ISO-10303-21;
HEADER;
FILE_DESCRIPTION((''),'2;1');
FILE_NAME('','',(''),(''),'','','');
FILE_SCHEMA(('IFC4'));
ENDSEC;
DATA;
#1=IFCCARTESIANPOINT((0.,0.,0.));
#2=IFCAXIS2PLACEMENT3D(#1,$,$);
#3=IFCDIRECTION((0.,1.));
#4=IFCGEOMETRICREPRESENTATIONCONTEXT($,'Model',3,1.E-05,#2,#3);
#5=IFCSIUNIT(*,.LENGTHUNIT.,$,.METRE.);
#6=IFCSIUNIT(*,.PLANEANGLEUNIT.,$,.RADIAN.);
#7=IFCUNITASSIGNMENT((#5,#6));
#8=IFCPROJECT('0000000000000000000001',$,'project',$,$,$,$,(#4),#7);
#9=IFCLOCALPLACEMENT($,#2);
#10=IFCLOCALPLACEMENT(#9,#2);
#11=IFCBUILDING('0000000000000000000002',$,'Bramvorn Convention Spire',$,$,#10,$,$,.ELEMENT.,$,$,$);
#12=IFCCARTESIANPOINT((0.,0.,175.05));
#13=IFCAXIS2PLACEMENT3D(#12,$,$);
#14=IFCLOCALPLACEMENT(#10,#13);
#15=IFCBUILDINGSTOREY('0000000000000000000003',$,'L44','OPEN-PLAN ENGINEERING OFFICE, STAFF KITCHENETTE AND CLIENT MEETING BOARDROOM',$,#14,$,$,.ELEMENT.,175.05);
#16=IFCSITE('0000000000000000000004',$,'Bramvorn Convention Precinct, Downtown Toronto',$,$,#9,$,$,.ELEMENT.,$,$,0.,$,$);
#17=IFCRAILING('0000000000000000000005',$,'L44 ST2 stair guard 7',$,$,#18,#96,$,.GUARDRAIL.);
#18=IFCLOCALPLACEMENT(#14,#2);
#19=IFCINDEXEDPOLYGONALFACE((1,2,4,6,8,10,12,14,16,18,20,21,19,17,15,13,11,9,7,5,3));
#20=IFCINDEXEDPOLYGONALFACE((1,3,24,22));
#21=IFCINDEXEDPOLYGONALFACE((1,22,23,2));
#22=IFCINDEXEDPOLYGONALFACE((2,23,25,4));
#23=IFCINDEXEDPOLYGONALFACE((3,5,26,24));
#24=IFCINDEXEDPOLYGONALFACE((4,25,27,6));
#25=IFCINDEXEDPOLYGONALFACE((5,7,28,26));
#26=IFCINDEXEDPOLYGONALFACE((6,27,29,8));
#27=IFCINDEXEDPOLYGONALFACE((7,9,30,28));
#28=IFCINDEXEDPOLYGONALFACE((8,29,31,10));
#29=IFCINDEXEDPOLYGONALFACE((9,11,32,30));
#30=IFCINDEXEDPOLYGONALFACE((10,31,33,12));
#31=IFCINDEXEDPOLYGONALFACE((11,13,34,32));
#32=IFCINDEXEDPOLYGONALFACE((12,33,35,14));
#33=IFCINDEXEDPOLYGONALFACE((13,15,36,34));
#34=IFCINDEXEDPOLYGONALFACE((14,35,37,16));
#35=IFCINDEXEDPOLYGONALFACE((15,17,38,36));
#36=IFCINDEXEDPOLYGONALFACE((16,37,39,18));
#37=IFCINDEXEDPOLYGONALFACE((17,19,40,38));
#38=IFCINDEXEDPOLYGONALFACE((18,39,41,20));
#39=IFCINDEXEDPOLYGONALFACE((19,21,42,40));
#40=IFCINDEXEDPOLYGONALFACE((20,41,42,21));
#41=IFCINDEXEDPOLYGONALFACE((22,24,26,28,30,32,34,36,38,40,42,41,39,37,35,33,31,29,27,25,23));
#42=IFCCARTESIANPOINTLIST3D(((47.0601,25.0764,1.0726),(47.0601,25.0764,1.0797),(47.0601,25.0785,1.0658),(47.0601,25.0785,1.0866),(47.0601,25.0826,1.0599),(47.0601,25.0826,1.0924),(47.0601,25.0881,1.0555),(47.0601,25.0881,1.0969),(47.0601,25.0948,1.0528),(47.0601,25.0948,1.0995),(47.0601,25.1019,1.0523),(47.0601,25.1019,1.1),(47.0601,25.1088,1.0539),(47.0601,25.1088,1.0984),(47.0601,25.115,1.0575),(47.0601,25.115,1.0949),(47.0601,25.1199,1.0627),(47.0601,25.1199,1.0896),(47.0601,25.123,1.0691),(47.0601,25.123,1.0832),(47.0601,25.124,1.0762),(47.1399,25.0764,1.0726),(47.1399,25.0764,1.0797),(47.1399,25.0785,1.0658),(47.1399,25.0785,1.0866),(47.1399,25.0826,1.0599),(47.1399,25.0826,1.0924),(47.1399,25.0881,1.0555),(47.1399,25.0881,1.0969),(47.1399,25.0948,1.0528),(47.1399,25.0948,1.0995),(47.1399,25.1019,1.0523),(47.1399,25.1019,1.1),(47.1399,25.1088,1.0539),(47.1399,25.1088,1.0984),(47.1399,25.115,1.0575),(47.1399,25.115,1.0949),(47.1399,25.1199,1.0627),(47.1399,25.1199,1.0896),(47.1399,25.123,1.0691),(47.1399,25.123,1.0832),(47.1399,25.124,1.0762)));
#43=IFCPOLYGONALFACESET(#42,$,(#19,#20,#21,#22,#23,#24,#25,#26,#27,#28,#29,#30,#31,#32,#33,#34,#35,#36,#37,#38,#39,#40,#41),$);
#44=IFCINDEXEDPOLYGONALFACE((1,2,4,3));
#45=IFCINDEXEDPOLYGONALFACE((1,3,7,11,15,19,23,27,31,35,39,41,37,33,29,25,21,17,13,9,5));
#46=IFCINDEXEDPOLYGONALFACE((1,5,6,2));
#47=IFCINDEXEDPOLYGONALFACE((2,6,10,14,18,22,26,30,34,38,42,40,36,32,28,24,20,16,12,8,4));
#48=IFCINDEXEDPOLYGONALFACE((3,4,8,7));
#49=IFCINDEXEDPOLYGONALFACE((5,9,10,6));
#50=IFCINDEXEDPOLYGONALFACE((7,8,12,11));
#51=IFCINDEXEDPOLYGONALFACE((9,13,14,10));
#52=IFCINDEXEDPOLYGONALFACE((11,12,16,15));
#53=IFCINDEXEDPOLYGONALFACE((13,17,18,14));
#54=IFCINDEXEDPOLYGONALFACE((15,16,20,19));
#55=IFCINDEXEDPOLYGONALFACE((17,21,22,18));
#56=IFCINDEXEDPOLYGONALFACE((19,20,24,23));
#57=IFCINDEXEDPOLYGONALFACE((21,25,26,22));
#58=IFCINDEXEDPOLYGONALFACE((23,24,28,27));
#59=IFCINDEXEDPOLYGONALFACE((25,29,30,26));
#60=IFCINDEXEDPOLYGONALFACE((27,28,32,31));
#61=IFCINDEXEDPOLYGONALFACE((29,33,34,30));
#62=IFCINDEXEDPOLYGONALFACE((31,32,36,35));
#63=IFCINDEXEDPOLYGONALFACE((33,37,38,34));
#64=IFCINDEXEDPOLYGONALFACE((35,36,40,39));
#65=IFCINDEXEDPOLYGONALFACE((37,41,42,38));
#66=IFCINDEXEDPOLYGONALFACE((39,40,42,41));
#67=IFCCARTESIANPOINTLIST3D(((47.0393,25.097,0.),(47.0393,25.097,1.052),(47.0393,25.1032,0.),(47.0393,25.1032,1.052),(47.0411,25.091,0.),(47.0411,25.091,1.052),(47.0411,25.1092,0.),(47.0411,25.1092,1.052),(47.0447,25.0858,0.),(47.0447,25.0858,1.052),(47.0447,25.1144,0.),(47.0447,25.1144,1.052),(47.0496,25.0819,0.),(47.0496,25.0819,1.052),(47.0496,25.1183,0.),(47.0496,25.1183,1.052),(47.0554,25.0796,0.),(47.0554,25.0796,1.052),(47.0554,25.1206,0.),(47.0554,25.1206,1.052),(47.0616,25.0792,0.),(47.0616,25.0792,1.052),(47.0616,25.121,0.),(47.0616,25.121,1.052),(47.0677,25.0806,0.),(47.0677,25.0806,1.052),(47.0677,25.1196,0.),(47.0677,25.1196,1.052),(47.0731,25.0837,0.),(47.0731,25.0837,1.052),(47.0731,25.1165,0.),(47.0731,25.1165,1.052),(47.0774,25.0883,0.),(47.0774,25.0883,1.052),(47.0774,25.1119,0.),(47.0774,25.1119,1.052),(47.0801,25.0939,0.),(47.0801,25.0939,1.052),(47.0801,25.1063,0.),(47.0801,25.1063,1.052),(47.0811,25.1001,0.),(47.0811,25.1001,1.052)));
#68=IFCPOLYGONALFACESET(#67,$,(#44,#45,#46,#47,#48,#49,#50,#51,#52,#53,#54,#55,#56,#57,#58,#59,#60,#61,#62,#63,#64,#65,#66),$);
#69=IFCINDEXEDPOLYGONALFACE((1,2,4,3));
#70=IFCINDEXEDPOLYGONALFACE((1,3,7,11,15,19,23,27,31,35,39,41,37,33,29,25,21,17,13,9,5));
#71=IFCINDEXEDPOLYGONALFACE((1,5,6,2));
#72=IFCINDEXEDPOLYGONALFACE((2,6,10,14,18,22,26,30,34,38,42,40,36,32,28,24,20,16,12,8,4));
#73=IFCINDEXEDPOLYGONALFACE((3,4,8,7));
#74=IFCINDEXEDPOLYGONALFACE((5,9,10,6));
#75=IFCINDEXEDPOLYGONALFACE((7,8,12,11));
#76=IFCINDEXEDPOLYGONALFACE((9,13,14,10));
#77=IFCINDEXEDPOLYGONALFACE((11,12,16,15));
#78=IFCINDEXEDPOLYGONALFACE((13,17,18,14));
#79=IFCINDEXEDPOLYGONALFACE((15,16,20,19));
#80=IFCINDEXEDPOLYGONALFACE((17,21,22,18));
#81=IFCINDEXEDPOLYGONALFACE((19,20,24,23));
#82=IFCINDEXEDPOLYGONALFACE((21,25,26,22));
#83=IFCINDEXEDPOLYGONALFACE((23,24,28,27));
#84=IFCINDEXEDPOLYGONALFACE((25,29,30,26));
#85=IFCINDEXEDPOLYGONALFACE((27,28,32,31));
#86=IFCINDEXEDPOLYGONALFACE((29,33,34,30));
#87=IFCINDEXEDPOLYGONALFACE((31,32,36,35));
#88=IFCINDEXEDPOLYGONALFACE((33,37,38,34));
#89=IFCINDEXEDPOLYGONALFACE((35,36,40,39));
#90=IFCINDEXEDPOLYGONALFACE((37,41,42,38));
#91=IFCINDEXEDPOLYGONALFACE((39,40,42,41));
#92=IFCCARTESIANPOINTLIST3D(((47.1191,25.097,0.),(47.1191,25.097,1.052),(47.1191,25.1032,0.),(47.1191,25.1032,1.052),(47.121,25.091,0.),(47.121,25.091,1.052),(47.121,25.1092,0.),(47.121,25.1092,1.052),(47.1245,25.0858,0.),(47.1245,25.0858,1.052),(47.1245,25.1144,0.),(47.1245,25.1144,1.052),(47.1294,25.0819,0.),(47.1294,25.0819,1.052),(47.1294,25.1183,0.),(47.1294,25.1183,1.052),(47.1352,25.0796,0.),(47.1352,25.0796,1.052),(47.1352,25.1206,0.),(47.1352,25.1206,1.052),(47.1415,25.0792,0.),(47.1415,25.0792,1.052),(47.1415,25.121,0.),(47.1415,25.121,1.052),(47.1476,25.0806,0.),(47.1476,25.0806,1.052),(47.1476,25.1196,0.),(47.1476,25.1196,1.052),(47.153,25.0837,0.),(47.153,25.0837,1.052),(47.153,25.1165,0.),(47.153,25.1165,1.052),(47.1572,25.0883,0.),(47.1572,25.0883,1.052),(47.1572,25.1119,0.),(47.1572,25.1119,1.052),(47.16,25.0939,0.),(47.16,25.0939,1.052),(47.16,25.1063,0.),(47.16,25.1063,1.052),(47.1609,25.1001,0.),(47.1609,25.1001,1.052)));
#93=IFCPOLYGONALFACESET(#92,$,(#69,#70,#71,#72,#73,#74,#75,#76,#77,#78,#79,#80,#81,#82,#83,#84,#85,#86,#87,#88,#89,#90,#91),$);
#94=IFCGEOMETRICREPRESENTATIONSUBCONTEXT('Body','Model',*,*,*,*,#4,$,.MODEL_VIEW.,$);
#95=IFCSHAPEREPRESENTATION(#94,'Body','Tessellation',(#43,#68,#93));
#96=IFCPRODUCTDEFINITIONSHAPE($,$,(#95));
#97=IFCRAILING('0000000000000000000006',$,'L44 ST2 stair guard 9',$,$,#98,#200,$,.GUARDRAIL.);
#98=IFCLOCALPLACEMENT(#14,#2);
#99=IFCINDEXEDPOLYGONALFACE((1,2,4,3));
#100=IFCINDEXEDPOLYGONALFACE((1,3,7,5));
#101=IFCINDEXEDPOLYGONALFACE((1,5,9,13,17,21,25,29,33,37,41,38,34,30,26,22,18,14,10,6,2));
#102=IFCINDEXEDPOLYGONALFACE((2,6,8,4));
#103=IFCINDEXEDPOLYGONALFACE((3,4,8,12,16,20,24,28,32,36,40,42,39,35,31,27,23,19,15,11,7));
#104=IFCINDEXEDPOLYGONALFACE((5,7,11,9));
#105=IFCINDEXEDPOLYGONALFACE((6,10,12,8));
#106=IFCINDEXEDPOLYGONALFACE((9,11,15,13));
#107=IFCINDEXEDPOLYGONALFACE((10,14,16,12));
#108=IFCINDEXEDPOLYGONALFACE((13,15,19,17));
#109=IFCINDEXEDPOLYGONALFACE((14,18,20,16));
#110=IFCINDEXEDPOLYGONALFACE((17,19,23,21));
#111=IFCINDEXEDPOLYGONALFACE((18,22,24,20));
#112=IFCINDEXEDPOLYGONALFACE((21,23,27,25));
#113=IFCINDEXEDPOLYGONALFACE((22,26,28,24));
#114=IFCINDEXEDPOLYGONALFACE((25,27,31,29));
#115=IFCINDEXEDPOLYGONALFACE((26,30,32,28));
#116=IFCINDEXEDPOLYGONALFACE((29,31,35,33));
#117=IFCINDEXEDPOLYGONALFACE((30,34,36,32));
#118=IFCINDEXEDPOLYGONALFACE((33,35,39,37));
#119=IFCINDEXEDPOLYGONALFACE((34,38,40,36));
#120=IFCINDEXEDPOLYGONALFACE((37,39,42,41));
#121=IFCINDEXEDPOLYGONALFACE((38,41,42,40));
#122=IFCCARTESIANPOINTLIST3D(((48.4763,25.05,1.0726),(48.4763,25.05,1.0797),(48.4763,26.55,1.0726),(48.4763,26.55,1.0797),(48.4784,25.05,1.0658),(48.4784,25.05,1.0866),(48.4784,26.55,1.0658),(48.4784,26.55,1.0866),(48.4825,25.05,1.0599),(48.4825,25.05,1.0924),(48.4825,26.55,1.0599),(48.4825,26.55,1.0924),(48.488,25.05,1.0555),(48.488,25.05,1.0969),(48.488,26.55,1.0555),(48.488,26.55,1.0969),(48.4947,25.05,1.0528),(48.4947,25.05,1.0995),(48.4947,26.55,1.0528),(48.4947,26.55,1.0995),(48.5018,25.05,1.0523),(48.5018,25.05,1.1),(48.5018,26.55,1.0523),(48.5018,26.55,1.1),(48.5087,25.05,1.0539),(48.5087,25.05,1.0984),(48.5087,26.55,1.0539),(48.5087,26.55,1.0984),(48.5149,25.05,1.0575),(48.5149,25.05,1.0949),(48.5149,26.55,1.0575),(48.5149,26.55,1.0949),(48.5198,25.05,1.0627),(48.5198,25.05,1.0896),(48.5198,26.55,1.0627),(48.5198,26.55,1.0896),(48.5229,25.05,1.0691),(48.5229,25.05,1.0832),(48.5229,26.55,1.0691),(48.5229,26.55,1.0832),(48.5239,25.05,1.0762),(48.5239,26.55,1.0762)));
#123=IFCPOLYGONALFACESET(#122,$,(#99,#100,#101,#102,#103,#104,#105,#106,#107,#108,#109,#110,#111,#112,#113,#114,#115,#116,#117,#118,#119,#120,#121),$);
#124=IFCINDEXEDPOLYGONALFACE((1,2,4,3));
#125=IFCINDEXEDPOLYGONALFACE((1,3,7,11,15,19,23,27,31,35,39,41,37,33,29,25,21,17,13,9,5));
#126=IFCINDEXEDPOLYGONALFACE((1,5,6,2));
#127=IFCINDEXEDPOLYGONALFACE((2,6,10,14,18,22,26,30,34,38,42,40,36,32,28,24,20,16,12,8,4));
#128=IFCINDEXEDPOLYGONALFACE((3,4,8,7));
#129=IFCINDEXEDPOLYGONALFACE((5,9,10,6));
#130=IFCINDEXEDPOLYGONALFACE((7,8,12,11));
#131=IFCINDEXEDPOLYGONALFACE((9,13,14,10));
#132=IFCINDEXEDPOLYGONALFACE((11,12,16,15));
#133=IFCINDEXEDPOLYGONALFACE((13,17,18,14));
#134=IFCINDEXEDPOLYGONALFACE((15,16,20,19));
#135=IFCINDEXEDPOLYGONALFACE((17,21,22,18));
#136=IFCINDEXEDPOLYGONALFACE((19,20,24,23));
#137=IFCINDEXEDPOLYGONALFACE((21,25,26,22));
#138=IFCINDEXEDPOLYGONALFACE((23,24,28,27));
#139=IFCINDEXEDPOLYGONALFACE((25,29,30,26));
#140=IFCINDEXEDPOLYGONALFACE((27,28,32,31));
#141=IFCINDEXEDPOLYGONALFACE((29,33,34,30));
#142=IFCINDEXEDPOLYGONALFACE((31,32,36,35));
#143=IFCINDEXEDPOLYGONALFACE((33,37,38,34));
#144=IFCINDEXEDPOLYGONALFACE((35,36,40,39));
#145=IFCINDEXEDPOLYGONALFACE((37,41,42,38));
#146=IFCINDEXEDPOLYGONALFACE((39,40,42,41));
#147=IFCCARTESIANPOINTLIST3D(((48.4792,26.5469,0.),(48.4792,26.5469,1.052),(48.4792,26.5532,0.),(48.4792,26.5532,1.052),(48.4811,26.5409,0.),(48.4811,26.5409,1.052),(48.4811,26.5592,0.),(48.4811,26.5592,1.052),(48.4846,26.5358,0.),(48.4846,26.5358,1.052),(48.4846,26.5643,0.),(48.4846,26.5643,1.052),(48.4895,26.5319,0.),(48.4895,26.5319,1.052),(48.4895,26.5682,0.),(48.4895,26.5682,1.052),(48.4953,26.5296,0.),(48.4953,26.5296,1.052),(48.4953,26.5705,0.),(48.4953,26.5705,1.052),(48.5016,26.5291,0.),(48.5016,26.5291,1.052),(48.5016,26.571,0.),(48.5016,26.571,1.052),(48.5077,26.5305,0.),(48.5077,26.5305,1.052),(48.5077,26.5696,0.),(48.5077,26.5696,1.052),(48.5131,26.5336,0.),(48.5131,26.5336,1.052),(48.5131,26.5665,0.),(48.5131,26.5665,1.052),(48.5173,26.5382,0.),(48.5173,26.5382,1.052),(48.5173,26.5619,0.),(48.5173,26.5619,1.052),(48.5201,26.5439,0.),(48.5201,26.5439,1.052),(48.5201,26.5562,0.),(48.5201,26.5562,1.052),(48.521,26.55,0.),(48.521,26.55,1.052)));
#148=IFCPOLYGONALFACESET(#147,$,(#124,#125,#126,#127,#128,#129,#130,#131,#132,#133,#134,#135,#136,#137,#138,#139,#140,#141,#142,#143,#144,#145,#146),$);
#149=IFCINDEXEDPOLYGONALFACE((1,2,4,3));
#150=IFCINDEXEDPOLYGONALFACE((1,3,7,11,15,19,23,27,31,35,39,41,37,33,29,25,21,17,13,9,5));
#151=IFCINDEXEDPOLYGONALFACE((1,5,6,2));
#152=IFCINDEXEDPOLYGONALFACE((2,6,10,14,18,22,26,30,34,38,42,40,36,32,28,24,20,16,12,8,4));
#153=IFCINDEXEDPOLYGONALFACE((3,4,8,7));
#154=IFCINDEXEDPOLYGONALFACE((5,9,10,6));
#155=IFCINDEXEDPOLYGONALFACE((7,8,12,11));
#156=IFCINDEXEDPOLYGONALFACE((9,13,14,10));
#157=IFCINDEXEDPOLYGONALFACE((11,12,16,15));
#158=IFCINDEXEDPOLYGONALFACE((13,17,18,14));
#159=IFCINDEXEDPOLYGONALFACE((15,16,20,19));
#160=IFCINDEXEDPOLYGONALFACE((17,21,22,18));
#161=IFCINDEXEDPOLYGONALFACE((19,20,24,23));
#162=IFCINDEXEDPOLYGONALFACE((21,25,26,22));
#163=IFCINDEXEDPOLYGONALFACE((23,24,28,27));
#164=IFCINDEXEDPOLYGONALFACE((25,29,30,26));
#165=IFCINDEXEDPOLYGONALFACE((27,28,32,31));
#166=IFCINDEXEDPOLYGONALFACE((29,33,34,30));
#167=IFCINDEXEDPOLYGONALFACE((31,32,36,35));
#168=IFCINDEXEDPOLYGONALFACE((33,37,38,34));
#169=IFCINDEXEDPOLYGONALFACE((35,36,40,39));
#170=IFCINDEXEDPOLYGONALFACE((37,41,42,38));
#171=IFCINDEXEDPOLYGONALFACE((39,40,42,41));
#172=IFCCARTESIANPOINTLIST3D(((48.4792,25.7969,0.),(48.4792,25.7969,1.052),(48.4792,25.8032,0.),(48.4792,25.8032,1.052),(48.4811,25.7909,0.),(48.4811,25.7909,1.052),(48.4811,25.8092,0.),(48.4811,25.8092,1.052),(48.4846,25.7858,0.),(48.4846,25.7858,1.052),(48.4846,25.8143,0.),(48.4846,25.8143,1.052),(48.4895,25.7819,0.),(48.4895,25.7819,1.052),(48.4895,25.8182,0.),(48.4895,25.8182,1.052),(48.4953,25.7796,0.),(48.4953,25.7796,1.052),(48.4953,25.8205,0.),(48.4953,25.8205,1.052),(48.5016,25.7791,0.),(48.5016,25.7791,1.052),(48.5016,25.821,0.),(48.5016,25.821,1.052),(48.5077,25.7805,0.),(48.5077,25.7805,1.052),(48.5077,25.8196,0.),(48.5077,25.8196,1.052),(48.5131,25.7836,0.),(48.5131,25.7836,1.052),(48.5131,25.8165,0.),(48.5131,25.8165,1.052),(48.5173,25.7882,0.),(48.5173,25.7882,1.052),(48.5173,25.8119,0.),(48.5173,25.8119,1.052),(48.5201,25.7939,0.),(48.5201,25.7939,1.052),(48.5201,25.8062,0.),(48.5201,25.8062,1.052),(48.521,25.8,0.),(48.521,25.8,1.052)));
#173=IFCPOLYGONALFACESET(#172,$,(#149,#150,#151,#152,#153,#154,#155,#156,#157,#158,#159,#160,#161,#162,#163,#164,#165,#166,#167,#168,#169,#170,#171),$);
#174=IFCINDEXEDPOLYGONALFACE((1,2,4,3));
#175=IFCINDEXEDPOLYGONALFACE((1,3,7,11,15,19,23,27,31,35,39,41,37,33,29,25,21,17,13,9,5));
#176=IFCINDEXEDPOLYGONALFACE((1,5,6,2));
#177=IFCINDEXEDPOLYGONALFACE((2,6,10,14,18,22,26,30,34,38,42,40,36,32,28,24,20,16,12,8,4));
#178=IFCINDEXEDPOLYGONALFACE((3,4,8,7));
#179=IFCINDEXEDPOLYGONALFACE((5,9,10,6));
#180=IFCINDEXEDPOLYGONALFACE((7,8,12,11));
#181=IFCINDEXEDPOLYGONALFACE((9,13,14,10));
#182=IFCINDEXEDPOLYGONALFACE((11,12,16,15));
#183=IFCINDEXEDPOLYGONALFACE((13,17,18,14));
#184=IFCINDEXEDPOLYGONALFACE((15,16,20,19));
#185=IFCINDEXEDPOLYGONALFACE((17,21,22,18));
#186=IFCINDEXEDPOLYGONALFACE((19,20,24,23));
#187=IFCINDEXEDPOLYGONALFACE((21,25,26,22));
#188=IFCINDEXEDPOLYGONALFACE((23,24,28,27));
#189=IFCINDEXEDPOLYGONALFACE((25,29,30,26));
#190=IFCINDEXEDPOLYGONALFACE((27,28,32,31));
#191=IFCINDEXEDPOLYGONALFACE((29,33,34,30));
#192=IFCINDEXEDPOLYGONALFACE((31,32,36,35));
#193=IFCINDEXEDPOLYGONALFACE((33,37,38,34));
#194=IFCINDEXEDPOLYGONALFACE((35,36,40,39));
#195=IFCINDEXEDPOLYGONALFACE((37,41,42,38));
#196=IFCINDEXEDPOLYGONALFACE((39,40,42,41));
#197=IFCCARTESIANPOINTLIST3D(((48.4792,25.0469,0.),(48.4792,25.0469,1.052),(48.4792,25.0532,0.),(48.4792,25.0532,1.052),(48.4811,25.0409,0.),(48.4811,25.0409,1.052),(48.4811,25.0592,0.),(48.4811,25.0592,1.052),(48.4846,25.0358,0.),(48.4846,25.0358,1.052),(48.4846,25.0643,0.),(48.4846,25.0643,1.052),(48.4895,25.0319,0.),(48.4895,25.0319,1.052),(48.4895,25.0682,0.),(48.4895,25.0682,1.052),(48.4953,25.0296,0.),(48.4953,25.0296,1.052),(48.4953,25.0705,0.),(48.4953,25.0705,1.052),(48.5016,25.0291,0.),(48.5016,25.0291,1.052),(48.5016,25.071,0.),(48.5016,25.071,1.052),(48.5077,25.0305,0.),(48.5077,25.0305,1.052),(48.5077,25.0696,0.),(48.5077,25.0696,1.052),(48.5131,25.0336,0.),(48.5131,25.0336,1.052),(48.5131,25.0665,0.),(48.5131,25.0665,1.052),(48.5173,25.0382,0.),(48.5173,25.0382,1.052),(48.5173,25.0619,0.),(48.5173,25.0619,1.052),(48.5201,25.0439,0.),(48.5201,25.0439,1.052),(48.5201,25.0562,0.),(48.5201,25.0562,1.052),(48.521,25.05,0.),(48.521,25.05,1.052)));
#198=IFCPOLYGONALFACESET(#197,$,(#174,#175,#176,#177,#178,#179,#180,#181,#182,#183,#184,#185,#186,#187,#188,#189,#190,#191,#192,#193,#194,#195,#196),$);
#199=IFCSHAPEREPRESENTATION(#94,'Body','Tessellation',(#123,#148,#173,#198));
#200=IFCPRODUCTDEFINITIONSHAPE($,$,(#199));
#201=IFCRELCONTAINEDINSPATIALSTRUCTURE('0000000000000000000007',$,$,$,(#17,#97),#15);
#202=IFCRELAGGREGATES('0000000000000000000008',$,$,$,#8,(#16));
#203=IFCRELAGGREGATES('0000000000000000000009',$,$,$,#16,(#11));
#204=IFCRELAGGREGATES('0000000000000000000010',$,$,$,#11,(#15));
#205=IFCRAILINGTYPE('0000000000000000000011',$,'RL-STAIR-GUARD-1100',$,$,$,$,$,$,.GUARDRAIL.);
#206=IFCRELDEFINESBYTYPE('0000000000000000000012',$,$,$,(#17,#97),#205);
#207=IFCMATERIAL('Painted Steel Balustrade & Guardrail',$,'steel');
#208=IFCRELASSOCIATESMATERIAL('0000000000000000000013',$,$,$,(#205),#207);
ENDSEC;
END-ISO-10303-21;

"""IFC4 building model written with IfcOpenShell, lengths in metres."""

from ifc_helpers import new_model, si_unit, direction, frame, origin, origin_2d, place, context, subcontext, project, spatial, circle, extrude, material, type_object, element, save


model = new_model("IFC4")

# Units and contexts
model_context = context("Model", 3, precision=1e-05, world=origin(), true_north=direction((0.0, 1.0)))
body_context = subcontext(model_context, "Body", "Model", "MODEL_VIEW")
ifc_project = project(units=[si_unit("LENGTHUNIT", "METRE"), si_unit("PLANEANGLEUNIT", "RADIAN")], contexts=[model_context])

# Site, building, storey
site_placement = place(None, origin())
site = spatial("IfcSite", under=ifc_project, at=site_placement, Name="Bramvorn Convention Precinct, Downtown Toronto", CompositionType="ELEMENT", RefElevation=0.0)
building_placement = place(site_placement, origin())
building = spatial("IfcBuilding", under=site, at=building_placement, Name="Bramvorn Convention Spire", CompositionType="ELEMENT")
storey_placement = place(building_placement, frame((0.0, 0.0, 175.05)))
storey = spatial("IfcBuildingStorey", under=building, at=storey_placement, Name="L44", Description="OPEN-PLAN ENGINEERING OFFICE, STAFF KITCHENETTE AND CLIENT MEETING BOARDROOM", CompositionType="ELEMENT", Elevation=175.05)

# Railings
ifc_material_1 = material(Name="Painted Steel Balustrade & Guardrail", Category="steel")
railing_type_1 = type_object("IfcRailingType", Name="RL-STAIR-GUARD-1100", PredefinedType="GUARDRAIL", material=ifc_material_1)
railing_1_placement = place(storey_placement, frame((47.0601, 25.1001, 0.0)))
element("IfcRailing", 1, at=railing_1_placement, inside=storey, type_object=railing_type_1, Name="L44 ST2 stair guard 7", PredefinedType="GUARDRAIL", context=body_context, shape_type="SweptSolid", body=[
    extrude(circle(Radius=0.0239, at=origin_2d()), frame((0.0, 0.0, 1.0762), z_axis=(1.0, 0.0, 0.0), x_axis=(0.0, 1.0, 0.0)), (0.0, 0.0, 1.0), 0.0798),
    extrude(circle(Radius=0.021, at=origin_2d()), origin(), (0.0, 0.0, 1.0), 1.052),
    extrude(circle(Radius=0.021, at=origin_2d()), frame((0.0798, 0.0, 0.0)), (0.0, 0.0, 1.0), 1.052),
])
railing_2_placement = place(storey_placement, frame((48.5, 26.55, 0.0)))
element("IfcRailing", 2, at=railing_2_placement, inside=storey, type_object=railing_type_1, Name="L44 ST2 stair guard 9", PredefinedType="GUARDRAIL", context=body_context, shape_type="SweptSolid", body=[
    extrude(circle(Radius=0.0239, at=origin_2d()), frame((0.0, 0.0, 1.0762), z_axis=(0.0, -1.0, 0.0), x_axis=(1.0, 0.0, 0.0)), (0.0, 0.0, 1.0), 1.5),
    extrude(circle(Radius=0.021, at=origin_2d()), origin(), (0.0, 0.0, 1.0), 1.052),
    extrude(circle(Radius=0.021, at=origin_2d()), frame((0.0, -0.75, 0.0)), (0.0, 0.0, 1.0), 1.052),
    extrude(circle(Radius=0.021, at=origin_2d()), frame((0.0, -1.5, 0.0)), (0.0, 0.0, 1.0), 1.052),
])

save(model, "model.ifc")
